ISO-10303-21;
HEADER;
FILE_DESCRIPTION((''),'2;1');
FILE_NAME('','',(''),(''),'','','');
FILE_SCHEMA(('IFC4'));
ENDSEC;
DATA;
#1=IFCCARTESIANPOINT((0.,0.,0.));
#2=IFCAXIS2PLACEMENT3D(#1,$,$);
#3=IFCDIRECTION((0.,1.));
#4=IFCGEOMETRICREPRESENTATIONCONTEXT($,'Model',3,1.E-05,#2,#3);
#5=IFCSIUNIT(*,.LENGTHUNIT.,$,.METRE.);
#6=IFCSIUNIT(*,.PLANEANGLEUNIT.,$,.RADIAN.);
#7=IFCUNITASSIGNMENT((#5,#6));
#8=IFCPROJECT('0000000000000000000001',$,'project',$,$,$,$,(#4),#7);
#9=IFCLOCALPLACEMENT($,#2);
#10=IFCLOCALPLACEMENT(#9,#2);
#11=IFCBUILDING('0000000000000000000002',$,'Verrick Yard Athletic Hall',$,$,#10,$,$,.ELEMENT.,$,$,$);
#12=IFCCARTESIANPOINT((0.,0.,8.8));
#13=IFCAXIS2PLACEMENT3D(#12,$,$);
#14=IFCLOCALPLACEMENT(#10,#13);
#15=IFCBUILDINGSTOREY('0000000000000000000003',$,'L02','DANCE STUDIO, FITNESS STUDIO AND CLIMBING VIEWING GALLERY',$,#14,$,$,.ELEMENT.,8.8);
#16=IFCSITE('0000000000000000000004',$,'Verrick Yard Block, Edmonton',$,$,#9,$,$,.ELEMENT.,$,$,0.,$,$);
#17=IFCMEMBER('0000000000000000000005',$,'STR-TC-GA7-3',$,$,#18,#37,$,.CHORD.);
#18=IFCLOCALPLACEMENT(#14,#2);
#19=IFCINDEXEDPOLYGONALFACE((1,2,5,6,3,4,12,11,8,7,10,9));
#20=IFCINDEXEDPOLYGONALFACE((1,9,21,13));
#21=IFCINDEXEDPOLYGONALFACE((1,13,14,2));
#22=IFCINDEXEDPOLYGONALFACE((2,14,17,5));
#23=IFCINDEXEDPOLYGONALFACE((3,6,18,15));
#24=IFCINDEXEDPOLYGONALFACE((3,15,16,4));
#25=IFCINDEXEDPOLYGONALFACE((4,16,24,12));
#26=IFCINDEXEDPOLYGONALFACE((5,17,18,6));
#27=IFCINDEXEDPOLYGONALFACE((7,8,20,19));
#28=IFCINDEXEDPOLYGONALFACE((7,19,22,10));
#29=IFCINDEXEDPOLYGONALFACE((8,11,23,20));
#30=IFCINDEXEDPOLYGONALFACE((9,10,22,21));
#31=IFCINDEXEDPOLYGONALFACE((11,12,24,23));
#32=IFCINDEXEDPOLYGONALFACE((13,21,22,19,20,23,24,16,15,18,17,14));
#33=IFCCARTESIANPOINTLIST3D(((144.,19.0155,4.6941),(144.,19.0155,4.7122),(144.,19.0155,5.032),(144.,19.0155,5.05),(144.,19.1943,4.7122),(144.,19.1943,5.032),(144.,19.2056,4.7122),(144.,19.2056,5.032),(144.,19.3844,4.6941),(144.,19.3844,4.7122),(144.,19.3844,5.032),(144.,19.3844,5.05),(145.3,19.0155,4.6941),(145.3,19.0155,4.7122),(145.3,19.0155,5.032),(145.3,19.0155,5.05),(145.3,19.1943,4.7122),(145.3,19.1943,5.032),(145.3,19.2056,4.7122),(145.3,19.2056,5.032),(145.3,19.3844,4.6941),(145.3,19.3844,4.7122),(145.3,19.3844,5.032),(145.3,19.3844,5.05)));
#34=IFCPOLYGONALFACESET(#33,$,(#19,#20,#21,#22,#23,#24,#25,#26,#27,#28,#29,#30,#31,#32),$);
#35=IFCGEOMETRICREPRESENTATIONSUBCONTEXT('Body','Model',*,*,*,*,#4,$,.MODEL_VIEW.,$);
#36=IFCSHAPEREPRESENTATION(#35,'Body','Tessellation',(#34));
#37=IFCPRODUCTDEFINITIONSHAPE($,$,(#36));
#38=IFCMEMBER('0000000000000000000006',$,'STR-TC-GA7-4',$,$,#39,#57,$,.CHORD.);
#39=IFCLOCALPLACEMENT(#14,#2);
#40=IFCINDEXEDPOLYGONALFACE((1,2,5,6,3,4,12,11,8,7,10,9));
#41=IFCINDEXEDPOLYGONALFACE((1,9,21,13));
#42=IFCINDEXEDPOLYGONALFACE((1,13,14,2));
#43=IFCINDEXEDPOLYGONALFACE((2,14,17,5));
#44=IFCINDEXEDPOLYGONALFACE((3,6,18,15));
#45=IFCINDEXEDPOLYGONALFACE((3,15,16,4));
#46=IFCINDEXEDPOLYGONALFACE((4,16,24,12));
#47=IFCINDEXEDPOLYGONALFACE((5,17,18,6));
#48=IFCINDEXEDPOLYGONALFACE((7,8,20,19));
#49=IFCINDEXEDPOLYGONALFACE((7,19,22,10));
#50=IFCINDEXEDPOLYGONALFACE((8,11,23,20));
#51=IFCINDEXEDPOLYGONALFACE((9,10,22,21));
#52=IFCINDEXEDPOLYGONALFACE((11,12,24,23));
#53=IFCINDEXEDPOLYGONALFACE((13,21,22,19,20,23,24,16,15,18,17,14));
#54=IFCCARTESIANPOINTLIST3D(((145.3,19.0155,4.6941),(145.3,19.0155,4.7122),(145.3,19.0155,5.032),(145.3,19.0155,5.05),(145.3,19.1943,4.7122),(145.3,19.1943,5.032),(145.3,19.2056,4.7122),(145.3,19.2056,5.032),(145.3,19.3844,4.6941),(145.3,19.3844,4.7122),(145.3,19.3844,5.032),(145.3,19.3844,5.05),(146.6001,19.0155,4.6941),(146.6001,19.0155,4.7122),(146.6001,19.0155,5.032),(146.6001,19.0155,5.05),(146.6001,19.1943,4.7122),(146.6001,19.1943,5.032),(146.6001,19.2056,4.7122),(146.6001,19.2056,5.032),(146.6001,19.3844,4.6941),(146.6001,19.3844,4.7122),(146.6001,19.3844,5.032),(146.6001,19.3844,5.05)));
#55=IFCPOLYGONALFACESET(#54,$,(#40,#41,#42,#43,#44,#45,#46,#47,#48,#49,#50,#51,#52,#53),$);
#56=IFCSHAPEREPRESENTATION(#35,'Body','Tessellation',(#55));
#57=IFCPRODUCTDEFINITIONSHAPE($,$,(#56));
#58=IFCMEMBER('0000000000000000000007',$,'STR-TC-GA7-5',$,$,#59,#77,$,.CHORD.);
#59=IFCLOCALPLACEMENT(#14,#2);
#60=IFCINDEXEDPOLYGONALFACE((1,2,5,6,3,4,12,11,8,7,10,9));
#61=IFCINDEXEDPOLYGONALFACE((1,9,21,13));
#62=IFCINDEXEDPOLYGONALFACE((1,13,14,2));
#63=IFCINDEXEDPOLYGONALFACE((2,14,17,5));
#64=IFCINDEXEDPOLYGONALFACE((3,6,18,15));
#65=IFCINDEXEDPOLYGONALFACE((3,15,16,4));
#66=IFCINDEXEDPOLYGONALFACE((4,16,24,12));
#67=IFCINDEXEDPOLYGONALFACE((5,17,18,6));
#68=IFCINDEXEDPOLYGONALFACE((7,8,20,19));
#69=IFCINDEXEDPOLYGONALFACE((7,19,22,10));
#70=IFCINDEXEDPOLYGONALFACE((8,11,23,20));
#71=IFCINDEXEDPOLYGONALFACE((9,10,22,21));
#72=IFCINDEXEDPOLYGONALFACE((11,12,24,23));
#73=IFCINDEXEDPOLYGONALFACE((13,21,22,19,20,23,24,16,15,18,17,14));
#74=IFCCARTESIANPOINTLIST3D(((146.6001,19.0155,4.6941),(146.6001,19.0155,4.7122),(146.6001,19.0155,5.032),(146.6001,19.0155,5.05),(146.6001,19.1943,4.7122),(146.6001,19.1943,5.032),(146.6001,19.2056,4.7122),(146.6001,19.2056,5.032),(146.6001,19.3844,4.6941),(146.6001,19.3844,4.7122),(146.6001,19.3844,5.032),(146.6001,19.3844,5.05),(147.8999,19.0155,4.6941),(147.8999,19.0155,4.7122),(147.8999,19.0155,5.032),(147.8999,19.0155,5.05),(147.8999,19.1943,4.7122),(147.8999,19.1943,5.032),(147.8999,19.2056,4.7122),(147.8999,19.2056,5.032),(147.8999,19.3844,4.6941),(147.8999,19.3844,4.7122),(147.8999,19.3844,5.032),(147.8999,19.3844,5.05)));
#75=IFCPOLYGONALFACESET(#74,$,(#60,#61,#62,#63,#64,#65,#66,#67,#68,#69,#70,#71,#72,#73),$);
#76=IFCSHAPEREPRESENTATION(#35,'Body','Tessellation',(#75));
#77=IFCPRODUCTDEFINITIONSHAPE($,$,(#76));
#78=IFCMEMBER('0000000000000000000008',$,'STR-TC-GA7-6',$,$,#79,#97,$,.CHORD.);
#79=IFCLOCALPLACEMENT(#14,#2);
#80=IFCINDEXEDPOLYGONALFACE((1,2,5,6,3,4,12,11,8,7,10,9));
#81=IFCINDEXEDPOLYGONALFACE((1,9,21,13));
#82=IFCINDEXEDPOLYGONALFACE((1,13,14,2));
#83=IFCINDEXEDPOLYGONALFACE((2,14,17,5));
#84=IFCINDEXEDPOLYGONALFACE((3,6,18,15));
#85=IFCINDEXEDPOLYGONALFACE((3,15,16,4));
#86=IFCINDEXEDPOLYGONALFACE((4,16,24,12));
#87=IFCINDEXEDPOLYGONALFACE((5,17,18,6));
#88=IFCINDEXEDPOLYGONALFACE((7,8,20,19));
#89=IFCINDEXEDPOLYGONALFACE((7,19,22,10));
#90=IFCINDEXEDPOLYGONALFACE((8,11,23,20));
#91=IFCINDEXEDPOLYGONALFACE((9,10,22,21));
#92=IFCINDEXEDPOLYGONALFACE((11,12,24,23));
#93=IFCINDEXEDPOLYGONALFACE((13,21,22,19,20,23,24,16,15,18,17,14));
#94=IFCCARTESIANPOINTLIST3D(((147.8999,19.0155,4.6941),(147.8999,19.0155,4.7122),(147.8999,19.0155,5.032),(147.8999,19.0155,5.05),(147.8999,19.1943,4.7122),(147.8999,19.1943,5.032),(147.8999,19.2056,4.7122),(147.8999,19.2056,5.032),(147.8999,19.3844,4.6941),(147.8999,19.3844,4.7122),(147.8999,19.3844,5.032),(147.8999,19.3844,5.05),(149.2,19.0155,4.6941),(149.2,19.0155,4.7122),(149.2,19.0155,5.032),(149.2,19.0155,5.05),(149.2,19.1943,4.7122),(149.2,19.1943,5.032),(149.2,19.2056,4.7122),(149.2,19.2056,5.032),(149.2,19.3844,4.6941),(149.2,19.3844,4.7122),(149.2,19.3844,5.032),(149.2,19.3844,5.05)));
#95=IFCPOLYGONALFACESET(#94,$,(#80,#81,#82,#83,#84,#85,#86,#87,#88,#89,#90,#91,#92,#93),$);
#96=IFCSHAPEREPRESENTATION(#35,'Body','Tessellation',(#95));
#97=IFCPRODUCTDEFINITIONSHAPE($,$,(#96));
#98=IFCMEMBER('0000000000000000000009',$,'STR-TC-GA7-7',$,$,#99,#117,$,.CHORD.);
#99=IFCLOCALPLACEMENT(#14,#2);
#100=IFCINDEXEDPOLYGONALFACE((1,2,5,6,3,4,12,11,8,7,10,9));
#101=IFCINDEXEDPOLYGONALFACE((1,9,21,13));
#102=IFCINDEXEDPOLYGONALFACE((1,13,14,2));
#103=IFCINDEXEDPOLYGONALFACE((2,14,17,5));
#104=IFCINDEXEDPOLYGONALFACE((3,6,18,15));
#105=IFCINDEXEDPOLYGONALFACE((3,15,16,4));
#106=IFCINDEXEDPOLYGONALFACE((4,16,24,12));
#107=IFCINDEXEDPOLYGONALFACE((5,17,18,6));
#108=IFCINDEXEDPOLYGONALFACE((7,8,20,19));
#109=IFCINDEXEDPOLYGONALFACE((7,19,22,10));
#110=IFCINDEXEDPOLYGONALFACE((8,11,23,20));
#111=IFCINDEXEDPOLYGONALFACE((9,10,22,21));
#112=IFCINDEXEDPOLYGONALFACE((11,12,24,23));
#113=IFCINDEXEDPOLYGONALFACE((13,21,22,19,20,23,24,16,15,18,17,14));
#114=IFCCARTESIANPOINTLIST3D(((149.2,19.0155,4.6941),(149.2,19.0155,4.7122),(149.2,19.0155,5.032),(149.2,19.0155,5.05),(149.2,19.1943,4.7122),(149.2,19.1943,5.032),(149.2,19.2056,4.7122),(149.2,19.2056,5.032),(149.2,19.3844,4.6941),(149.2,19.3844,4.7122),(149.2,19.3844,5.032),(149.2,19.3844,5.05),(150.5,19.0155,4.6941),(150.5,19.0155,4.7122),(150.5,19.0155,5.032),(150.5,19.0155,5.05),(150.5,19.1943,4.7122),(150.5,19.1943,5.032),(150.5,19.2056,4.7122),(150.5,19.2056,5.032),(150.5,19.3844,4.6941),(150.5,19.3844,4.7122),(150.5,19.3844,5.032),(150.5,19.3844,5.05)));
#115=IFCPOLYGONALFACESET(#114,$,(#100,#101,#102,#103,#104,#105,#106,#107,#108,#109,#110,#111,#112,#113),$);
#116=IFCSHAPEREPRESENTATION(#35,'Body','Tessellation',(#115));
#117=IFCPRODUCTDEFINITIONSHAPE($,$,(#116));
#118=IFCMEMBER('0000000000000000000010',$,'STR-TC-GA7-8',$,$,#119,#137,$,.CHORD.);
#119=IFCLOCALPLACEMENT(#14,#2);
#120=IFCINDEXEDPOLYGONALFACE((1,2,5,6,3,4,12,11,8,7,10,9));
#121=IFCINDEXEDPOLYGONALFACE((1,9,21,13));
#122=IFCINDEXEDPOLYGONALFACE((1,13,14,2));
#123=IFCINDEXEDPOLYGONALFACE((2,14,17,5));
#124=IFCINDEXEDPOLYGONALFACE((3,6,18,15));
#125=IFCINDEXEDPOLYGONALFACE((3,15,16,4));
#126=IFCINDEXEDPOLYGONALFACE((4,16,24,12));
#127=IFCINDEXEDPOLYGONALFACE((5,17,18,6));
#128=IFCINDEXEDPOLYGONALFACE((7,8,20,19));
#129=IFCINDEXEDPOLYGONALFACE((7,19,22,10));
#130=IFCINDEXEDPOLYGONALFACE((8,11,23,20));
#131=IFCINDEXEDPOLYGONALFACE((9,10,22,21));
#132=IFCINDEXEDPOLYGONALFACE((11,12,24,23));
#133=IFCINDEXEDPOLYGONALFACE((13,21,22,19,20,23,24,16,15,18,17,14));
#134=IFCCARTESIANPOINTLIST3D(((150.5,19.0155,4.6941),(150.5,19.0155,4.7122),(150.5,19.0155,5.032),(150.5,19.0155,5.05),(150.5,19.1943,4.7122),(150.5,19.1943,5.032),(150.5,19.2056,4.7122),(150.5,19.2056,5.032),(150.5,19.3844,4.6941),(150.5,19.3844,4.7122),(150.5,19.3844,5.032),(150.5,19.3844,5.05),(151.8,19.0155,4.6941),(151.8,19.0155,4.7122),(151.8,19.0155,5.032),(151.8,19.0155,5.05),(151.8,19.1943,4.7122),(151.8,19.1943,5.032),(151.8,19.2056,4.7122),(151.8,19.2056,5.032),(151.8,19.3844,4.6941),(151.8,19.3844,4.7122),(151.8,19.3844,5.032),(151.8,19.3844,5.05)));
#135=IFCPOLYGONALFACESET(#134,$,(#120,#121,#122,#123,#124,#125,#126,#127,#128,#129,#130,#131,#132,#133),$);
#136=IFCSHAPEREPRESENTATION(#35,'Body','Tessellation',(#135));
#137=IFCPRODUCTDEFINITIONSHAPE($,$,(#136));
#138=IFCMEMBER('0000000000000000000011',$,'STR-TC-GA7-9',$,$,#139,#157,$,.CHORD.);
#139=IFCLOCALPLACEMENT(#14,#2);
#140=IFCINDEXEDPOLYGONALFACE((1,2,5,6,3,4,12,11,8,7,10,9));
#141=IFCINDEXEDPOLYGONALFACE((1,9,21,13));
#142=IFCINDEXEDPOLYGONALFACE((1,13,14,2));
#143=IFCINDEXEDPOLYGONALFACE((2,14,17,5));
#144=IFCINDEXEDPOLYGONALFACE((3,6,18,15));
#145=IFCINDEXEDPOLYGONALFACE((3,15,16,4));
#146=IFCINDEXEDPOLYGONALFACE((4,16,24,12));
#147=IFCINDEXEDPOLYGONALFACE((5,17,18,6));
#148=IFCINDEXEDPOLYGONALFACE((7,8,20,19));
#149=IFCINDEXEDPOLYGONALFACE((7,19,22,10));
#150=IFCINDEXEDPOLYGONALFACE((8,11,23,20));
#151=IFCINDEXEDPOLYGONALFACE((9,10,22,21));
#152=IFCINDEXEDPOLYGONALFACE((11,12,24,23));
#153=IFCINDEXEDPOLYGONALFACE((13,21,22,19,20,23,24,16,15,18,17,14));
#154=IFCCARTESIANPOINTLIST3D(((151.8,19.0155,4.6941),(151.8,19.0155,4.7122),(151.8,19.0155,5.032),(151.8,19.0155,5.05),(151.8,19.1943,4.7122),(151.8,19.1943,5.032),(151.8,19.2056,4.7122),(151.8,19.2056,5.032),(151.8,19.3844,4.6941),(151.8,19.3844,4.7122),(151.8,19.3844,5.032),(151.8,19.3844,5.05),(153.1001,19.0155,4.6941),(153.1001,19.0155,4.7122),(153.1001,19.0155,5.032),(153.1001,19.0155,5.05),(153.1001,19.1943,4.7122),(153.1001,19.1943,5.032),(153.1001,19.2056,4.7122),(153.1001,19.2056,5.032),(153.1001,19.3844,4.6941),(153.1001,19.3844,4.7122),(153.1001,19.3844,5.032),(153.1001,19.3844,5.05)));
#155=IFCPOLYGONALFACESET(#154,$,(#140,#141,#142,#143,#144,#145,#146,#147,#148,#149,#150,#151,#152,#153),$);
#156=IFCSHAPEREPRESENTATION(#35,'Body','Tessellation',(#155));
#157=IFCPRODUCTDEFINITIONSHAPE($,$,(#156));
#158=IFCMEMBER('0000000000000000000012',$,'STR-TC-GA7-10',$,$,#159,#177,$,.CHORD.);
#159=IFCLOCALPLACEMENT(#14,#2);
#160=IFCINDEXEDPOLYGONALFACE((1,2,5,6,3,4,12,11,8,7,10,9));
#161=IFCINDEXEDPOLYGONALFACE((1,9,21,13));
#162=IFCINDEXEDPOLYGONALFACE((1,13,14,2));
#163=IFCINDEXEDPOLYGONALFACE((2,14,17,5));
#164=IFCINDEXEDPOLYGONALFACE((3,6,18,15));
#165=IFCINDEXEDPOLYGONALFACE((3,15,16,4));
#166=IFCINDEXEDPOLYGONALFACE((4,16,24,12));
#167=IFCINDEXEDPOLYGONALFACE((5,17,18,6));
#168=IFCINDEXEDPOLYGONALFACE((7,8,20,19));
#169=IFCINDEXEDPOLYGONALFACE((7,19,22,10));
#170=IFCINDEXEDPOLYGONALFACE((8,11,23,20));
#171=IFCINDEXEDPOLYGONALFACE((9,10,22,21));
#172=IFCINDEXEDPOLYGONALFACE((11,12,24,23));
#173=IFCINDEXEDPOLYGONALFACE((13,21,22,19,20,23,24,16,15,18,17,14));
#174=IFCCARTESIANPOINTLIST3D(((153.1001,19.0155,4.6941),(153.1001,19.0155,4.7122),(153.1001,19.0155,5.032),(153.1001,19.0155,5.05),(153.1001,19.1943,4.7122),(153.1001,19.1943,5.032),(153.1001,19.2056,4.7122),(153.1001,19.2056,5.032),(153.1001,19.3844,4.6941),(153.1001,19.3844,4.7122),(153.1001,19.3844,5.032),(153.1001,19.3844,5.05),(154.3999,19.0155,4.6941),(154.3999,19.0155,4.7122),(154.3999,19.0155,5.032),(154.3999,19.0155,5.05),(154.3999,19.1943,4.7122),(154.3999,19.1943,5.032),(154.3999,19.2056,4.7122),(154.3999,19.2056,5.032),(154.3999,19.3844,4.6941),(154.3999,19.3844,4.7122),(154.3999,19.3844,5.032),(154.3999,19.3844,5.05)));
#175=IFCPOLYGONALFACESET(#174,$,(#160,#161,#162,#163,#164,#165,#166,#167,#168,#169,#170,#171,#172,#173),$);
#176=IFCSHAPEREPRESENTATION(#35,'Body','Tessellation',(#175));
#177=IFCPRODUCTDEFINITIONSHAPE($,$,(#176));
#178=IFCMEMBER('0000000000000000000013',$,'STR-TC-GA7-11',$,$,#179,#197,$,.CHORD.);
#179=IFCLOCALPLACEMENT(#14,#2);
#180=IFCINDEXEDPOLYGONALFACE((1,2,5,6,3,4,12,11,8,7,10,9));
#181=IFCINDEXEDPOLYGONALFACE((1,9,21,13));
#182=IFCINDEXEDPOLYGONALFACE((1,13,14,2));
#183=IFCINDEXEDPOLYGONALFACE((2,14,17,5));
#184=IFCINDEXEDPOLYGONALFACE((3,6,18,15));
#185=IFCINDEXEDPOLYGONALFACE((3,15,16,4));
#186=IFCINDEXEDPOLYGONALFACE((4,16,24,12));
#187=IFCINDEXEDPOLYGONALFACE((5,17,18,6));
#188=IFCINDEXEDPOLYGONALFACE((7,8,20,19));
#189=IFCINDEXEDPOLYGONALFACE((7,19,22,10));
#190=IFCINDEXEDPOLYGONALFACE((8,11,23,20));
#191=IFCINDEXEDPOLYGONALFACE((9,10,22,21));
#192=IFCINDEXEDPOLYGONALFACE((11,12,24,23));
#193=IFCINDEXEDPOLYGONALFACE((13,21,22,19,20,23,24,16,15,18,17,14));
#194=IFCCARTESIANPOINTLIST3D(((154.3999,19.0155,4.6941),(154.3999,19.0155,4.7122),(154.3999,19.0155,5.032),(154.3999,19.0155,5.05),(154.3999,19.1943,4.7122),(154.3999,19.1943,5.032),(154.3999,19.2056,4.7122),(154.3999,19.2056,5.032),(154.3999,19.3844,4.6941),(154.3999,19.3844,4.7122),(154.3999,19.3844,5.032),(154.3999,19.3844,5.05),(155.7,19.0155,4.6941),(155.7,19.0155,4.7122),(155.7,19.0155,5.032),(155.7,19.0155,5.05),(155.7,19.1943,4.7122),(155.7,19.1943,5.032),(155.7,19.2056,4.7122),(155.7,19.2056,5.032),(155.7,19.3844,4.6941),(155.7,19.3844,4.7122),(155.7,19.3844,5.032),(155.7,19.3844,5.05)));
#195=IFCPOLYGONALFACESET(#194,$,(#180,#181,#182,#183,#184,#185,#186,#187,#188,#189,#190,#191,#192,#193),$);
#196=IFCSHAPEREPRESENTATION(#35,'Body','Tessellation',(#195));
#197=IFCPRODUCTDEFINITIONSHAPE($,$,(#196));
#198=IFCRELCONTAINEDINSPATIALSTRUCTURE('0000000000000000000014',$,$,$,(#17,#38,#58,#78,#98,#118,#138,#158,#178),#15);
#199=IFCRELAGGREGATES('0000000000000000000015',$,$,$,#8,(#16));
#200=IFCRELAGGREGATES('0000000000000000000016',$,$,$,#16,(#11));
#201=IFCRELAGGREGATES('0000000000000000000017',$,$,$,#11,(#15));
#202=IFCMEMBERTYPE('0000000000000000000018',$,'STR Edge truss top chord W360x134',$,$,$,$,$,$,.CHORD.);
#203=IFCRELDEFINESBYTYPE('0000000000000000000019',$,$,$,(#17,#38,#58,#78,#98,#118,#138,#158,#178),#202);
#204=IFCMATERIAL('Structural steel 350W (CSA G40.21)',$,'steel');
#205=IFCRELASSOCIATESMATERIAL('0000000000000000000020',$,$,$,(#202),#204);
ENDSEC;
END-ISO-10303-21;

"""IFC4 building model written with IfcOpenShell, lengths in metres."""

from ifc_helpers import new_model, si_unit, direction, frame, origin, origin_2d, place, context, subcontext, project, spatial, i_section, extrude, material, material_profile, profile_set, type_object, element, save


model = new_model("IFC4")

# Units and contexts
model_context = context("Model", 3, precision=1e-05, world=origin(), true_north=direction((0.0, 1.0)))
body_context = subcontext(model_context, "Body", "Model", "MODEL_VIEW")
ifc_project = project(units=[si_unit("LENGTHUNIT", "METRE"), si_unit("PLANEANGLEUNIT", "RADIAN")], contexts=[model_context])

# Site, building, storey
site_placement = place(None, origin())
site = spatial("IfcSite", under=ifc_project, at=site_placement, Name="Verrick Yard Block, Edmonton", CompositionType="ELEMENT", RefElevation=0.0)
building_placement = place(site_placement, origin())
building = spatial("IfcBuilding", under=site, at=building_placement, Name="Verrick Yard Athletic Hall", CompositionType="ELEMENT")
storey_placement = place(building_placement, frame((0.0, 0.0, 8.8)))
storey = spatial("IfcBuildingStorey", under=building, at=storey_placement, Name="L02", Description="DANCE STUDIO, FITNESS STUDIO AND CLIMBING VIEWING GALLERY", CompositionType="ELEMENT", Elevation=8.8)

# Members
ifc_material_1 = material(Name="Structural steel 350W (CSA G40.21)", Category="steel")
ifc_material_profile_1 = material_profile(ifc_material_1, i_section(OverallWidth=0.3689, OverallDepth=0.356, WebThickness=0.0112, FlangeThickness=0.0181, at=origin_2d()), Name="W360x134")
ifc_profile_set_1 = profile_set([ifc_material_profile_1], Name="Structural steel 350W (CSA G40.21)")
member_type_1 = type_object("IfcMemberType", Name="STR Edge truss top chord W360x134", PredefinedType="CHORD", material=ifc_profile_set_1)
for number, where, z_axis, x_axis, name in (
    (1, (144.0, 19.2, 4.8721), (1.0, 0.0, 0.0), (0.0, 1.0, 0.0), "STR-TC-GA7-3"),
    (2, (145.3, 19.2, 4.8721), (1.0, 0.0, 0.0), (0.0, 1.0, 0.0), "STR-TC-GA7-4"),
):
    element("IfcMember", number, at=place(storey_placement, frame(where, z_axis=z_axis, x_axis=x_axis)), inside=storey, type_object=member_type_1, Name=name, PredefinedType="CHORD", context=body_context, shape_type="SweptSolid", body=[
        extrude(i_section(OverallWidth=0.3689, OverallDepth=0.356, WebThickness=0.0112, FlangeThickness=0.0181, at=origin_2d()), origin(), (0.0, 0.0, 1.0), 1.3),
    ])
member_1_placement = place(storey_placement, frame((146.6001, 19.2, 4.8721), z_axis=(1.0, 0.0, 0.0), x_axis=(0.0, 1.0, 0.0)))
element("IfcMember", 3, at=member_1_placement, inside=storey, type_object=member_type_1, Name="STR-TC-GA7-5", PredefinedType="CHORD", context=body_context, shape_type="SweptSolid", body=[
    extrude(i_section(OverallWidth=0.3689, OverallDepth=0.356, WebThickness=0.0112, FlangeThickness=0.0181, at=origin_2d()), origin(), (0.0, 0.0, 1.0), 1.2998),
])
for number, where, z_axis, x_axis, name in (
    (4, (147.8999, 19.2, 4.8721), (1.0, 0.0, 0.0), (0.0, 1.0, 0.0), "STR-TC-GA7-6"),
    (5, (149.2, 19.2, 4.8721), (1.0, 0.0, 0.0), (0.0, 1.0, 0.0), "STR-TC-GA7-7"),
    (6, (150.5, 19.2, 4.8721), (1.0, 0.0, 0.0), (0.0, 1.0, 0.0), "STR-TC-GA7-8"),
    (7, (151.8, 19.2, 4.8721), (1.0, 0.0, 0.0), (0.0, 1.0, 0.0), "STR-TC-GA7-9"),
):
    element("IfcMember", number, at=place(storey_placement, frame(where, z_axis=z_axis, x_axis=x_axis)), inside=storey, type_object=member_type_1, Name=name, PredefinedType="CHORD", context=body_context, shape_type="SweptSolid", body=[
        extrude(i_section(OverallWidth=0.3689, OverallDepth=0.356, WebThickness=0.0112, FlangeThickness=0.0181, at=origin_2d()), origin(), (0.0, 0.0, 1.0), 1.3),
    ])
member_2_placement = place(storey_placement, frame((153.1001, 19.2, 4.8721), z_axis=(1.0, 0.0, 0.0), x_axis=(0.0, 1.0, 0.0)))
element("IfcMember", 8, at=member_2_placement, inside=storey, type_object=member_type_1, Name="STR-TC-GA7-10", PredefinedType="CHORD", context=body_context, shape_type="SweptSolid", body=[
    extrude(i_section(OverallWidth=0.3689, OverallDepth=0.356, WebThickness=0.0112, FlangeThickness=0.0181, at=origin_2d()), origin(), (0.0, 0.0, 1.0), 1.2998),
])
member_3_placement = place(storey_placement, frame((154.3999, 19.2, 4.8721), z_axis=(1.0, 0.0, 0.0), x_axis=(0.0, 1.0, 0.0)))
element("IfcMember", 9, at=member_3_placement, inside=storey, type_object=member_type_1, Name="STR-TC-GA7-11", PredefinedType="CHORD", context=body_context, shape_type="SweptSolid", body=[
    extrude(i_section(OverallWidth=0.3689, OverallDepth=0.356, WebThickness=0.0112, FlangeThickness=0.0181, at=origin_2d()), origin(), (0.0, 0.0, 1.0), 1.3),
])

save(model, "model.ifc")
